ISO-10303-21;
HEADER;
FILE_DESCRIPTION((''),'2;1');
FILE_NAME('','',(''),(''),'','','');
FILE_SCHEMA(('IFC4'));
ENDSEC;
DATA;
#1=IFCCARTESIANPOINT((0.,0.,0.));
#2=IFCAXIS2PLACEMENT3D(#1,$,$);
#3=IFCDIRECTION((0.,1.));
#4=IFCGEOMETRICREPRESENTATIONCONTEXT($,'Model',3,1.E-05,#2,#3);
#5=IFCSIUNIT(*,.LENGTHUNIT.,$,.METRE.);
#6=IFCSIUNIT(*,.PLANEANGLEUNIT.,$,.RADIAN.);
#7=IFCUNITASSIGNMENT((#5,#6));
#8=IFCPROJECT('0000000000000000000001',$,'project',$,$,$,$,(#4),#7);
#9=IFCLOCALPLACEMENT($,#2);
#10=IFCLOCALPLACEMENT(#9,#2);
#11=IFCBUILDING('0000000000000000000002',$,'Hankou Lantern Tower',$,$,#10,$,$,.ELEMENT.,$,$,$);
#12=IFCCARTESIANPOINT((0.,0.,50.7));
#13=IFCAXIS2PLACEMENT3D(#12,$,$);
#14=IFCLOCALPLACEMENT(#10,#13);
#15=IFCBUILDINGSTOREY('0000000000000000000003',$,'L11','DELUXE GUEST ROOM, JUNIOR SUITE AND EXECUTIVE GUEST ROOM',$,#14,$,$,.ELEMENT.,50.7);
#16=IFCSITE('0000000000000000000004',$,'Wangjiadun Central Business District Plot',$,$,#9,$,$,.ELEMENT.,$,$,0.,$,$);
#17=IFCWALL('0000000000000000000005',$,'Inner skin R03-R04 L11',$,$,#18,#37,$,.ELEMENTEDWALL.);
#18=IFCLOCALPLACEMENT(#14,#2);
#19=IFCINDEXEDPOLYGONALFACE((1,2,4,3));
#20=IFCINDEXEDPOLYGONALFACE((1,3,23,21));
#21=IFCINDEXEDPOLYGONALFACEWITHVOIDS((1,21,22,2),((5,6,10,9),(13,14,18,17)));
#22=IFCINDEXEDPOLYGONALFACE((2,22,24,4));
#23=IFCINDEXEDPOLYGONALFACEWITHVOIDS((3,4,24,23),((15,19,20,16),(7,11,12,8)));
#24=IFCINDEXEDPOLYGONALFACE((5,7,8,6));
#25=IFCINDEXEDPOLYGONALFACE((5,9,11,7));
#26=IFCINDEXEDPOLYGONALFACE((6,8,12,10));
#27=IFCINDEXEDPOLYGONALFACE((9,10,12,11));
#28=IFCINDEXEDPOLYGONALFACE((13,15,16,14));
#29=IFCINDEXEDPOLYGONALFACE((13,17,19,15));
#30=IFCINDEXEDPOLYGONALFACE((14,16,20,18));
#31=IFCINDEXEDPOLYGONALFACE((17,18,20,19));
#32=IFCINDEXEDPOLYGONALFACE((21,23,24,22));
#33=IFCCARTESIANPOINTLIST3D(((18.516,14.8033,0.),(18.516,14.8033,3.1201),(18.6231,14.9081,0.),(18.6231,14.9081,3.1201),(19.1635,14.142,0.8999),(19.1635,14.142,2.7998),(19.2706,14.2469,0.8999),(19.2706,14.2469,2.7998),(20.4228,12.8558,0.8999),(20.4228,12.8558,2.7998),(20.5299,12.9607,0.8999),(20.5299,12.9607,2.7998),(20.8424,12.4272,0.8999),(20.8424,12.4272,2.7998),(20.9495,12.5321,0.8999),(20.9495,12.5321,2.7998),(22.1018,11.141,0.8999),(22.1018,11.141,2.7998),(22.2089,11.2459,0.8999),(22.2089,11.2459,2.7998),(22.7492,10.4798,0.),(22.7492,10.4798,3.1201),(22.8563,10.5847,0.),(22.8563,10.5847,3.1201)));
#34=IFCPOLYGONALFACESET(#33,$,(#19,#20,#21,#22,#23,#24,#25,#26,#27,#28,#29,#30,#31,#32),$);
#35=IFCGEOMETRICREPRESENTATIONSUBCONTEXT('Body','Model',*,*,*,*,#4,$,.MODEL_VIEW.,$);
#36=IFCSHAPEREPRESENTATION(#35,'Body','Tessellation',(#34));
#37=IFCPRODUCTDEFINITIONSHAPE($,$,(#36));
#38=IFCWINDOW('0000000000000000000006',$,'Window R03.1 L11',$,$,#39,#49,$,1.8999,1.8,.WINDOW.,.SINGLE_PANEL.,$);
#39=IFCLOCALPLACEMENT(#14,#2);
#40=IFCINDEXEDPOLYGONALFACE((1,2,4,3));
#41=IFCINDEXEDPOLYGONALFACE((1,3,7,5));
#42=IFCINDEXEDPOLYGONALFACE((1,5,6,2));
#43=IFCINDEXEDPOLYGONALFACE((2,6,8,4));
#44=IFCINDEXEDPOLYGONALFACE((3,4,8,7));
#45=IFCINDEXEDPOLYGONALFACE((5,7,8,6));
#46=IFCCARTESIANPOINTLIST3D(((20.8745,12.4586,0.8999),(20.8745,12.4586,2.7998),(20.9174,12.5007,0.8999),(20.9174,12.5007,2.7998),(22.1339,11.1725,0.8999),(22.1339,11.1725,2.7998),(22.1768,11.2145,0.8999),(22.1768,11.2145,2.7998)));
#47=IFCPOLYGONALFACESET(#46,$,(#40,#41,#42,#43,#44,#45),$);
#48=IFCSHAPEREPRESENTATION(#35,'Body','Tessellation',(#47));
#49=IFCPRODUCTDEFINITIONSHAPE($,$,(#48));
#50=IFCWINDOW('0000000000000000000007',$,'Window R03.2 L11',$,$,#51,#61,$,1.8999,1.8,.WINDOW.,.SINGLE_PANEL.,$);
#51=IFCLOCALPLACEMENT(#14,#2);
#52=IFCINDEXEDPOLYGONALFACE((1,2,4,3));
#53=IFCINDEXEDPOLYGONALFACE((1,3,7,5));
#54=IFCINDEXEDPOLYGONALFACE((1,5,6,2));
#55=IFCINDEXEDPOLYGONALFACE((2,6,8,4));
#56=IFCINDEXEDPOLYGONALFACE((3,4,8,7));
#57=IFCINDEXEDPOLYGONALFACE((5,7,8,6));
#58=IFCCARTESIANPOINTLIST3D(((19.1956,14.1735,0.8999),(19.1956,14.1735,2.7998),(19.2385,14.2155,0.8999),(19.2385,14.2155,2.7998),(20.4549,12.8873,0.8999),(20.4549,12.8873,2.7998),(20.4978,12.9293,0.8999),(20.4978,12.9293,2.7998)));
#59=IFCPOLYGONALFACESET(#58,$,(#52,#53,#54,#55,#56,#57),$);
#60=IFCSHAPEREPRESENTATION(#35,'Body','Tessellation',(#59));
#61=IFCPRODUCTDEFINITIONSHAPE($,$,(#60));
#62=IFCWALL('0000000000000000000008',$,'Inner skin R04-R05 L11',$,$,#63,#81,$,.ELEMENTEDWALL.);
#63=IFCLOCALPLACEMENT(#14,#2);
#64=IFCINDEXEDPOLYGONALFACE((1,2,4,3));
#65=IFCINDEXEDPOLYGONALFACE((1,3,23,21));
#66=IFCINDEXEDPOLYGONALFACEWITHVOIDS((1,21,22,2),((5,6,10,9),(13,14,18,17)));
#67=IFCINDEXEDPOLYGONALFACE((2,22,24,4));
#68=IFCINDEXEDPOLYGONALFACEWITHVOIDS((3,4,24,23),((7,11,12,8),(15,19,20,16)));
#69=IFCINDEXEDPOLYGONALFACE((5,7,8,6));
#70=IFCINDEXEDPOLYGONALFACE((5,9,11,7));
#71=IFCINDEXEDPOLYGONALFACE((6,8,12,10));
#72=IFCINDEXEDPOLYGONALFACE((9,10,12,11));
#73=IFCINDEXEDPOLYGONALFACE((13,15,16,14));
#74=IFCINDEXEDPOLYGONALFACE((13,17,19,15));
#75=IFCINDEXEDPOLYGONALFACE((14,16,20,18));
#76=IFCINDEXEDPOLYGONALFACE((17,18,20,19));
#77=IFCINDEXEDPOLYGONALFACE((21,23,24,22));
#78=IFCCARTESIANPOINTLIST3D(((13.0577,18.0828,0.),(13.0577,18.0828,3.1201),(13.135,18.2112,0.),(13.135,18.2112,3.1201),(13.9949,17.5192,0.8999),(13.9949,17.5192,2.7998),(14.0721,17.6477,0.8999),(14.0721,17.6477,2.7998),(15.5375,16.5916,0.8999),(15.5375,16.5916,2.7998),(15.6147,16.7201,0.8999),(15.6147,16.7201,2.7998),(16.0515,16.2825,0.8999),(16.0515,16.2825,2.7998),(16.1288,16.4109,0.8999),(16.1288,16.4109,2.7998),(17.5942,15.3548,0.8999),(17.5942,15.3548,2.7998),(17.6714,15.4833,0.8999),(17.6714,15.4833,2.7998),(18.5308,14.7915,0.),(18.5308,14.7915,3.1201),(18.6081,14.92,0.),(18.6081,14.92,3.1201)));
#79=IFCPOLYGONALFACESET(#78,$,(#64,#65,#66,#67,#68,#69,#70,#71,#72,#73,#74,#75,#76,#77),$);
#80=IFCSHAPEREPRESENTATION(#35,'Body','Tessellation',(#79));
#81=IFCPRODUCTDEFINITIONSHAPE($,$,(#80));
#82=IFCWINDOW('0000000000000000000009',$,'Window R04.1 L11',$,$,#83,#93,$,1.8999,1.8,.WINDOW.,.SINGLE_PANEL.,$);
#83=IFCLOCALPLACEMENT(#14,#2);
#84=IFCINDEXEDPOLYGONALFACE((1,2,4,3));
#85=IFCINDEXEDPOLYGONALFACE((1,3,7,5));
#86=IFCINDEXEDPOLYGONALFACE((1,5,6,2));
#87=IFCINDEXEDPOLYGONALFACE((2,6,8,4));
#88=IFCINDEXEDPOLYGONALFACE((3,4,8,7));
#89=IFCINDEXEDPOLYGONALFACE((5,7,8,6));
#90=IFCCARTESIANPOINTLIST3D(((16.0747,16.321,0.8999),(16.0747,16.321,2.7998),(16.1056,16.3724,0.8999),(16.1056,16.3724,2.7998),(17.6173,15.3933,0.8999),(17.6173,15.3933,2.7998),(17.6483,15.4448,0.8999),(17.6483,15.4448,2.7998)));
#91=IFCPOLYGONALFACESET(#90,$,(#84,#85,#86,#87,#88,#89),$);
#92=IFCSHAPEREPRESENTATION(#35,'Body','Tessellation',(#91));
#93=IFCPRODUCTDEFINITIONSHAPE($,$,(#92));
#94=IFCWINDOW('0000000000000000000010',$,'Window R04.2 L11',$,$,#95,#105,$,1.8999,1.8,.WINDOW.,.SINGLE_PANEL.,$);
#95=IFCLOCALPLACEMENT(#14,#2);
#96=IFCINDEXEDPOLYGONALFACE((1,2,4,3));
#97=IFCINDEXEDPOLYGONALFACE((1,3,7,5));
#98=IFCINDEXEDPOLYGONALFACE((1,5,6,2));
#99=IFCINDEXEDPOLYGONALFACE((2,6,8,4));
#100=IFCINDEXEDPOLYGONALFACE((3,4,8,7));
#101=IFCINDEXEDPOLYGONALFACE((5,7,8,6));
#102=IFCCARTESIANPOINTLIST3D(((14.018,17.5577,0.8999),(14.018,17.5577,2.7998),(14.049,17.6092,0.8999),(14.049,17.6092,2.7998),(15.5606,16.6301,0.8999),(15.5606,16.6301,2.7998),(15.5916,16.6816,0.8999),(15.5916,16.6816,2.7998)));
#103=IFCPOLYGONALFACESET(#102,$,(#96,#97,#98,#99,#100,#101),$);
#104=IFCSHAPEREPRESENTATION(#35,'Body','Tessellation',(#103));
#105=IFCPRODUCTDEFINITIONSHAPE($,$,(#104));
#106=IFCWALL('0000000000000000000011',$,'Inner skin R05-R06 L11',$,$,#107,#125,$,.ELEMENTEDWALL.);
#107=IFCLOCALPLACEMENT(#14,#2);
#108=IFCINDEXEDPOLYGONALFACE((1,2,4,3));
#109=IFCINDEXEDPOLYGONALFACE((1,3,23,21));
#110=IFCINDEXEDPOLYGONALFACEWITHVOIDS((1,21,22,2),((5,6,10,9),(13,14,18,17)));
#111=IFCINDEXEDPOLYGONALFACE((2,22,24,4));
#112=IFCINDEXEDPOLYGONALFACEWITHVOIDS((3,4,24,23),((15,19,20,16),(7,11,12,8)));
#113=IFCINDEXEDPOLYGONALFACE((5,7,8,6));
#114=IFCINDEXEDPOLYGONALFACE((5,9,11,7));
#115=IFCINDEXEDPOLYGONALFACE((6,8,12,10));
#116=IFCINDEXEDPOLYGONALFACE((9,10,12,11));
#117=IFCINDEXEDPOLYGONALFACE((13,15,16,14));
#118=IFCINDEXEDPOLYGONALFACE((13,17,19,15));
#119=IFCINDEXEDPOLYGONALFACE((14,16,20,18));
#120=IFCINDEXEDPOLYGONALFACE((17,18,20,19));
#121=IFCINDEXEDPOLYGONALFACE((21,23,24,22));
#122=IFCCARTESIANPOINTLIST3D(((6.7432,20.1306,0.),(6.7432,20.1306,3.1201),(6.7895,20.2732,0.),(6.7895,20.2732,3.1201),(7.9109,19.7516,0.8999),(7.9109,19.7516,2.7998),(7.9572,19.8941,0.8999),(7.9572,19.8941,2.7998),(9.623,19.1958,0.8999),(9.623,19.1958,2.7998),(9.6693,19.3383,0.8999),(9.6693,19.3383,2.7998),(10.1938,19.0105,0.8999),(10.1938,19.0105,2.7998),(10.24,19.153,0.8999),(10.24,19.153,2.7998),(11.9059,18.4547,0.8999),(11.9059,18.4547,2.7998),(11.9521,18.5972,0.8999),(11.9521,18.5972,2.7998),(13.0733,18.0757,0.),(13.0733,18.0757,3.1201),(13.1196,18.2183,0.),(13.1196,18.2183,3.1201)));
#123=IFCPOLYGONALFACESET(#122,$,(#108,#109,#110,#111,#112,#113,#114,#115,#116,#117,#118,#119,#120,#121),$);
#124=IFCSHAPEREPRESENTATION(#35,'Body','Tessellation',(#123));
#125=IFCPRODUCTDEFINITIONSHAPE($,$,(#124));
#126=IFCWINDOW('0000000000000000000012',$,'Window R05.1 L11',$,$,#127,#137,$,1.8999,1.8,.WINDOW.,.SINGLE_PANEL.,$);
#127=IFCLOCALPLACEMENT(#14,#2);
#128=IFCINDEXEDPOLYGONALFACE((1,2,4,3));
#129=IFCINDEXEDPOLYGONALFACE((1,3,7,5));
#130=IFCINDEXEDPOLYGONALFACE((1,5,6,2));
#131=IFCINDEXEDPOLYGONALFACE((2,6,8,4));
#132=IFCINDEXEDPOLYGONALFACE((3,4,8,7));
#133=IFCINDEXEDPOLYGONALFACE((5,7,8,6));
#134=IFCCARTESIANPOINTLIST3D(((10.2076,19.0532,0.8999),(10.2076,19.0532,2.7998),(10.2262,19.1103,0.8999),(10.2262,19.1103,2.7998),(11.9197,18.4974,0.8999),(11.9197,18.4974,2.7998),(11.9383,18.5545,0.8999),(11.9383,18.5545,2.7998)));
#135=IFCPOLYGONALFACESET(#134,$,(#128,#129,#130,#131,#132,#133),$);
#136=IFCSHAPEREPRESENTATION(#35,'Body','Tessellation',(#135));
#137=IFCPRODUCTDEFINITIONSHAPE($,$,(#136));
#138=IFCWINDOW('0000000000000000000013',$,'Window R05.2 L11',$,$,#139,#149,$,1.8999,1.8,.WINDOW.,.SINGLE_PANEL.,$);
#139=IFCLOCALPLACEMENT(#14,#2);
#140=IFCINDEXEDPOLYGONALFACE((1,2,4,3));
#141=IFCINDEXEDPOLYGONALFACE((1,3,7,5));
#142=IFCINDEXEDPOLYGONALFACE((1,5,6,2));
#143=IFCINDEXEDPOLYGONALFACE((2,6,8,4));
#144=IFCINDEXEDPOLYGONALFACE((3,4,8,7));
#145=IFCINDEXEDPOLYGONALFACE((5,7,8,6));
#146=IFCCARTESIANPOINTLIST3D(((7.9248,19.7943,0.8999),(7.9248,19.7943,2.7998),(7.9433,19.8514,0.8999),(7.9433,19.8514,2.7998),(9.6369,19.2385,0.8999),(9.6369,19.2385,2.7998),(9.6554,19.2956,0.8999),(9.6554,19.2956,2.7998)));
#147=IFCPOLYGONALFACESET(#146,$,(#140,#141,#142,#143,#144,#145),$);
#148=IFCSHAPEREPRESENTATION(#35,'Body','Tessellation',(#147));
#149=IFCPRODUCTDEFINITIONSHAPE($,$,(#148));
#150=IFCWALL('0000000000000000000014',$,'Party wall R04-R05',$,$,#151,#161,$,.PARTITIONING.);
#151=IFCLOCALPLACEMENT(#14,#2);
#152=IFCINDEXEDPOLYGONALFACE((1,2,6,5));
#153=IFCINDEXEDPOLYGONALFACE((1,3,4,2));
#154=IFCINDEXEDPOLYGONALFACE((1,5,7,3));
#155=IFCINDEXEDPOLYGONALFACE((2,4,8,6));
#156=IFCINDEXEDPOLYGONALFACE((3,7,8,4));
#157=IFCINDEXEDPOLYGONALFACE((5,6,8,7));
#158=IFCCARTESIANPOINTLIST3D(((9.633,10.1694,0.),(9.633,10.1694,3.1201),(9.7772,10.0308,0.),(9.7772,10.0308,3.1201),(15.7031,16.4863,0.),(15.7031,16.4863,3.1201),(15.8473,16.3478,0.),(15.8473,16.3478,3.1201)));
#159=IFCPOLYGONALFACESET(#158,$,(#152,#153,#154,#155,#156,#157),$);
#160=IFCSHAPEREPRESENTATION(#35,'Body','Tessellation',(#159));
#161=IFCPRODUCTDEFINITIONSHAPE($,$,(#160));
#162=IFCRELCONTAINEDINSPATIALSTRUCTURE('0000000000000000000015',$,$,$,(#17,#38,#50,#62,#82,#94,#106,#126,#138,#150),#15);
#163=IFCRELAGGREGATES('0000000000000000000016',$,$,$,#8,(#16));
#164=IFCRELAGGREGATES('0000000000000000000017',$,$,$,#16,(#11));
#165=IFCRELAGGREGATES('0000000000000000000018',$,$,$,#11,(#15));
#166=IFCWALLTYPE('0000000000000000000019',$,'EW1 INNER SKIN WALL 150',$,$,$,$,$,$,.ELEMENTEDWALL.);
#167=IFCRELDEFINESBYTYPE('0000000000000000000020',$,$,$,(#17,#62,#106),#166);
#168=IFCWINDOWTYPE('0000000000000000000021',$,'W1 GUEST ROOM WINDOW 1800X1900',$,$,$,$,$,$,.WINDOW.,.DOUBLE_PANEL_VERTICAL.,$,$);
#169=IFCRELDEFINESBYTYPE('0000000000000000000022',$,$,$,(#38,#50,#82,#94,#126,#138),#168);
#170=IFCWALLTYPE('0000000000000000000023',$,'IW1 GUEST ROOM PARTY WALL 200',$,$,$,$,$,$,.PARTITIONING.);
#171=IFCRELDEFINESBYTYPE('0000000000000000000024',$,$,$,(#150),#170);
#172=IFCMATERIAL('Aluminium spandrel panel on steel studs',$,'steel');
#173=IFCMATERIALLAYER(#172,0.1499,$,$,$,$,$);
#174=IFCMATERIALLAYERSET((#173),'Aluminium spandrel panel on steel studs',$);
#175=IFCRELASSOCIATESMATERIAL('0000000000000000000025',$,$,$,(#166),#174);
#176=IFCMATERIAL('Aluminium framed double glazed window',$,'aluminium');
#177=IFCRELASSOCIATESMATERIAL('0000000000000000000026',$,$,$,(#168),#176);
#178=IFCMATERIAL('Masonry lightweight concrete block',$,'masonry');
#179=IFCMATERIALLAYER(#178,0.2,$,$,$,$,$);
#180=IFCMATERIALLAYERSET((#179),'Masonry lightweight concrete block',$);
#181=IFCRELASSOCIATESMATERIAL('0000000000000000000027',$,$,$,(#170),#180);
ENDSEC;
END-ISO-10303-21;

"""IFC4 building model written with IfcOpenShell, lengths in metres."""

from ifc_helpers import new_model, si_unit, direction, frame, frame_2d, origin, place, context, subcontext, project, spatial, rectangle, extrude, material, layer, layer_set, type_object, element, fill, save


model = new_model("IFC4")

# Units and contexts
model_context = context("Model", 3, precision=1e-05, world=origin(), true_north=direction((0.0, 1.0)))
body_context = subcontext(model_context, "Body", "Model", "MODEL_VIEW")
ifc_project = project(units=[si_unit("LENGTHUNIT", "METRE"), si_unit("PLANEANGLEUNIT", "RADIAN")], contexts=[model_context])

# Site, building, storey
site_placement = place(None, origin())
site = spatial("IfcSite", under=ifc_project, at=site_placement, Name="Wangjiadun Central Business District Plot", CompositionType="ELEMENT", RefElevation=0.0)
building_placement = place(site_placement, origin())
building = spatial("IfcBuilding", under=site, at=building_placement, Name="Hankou Lantern Tower", CompositionType="ELEMENT")
storey_placement = place(building_placement, frame((0.0, 0.0, 50.7)))
storey = spatial("IfcBuildingStorey", under=building, at=storey_placement, Name="L11", Description="DELUXE GUEST ROOM, JUNIOR SUITE AND EXECUTIVE GUEST ROOM", CompositionType="ELEMENT", Elevation=50.7)

# Walls, openings, windows
ifc_material_1 = material(Name="Aluminium spandrel panel on steel studs", Category="steel")
ifc_layer_1 = layer(ifc_material_1, 0.1499)
ifc_layer_set_1 = layer_set([ifc_layer_1], Name="Aluminium spandrel panel on steel studs")
wall_type_1 = type_object("IfcWallType", Name="EW1 INNER SKIN WALL 150", PredefinedType="ELEMENTEDWALL", material=ifc_layer_set_1)
wall_1_placement = place(storey_placement, frame((22.8027, 10.5322, 0.0), z_axis=(0.0, 0.0, 1.0), x_axis=(-0.699603, 0.714532, 0.0)))
wall_1 = element("IfcWall", 1, at=wall_1_placement, inside=storey, type_object=wall_type_1, Name="Inner skin R03-R04 L11", PredefinedType="ELEMENTEDWALL", context=body_context, shape_type="SweptSolid", body=[
    extrude(rectangle(XDim=6.0508, YDim=0.1499, at=frame_2d((3.0254, 0.0))), origin(), (0.0, 0.0, 1.0), 3.1201),
])
opening_1_placement = place(wall_1_placement, frame((0.9255, 0.0, 0.8999)))
opening_1 = element("IfcOpeningElement", 2, at=opening_1_placement, cuts=wall_1, PredefinedType="OPENING", context=body_context, shape_type="SweptSolid", body=[
    extrude(rectangle(XDim=1.8, YDim=1.8999, at=frame_2d((0.8999, 0.95))), frame((0.0, 0.085, 0.0), z_axis=(0.0, -1.0, 0.0), x_axis=(1.0, 0.0, 0.0)), (0.0, 0.0, 1.0), 0.1699),
])
opening_2_placement = place(wall_1_placement, frame((3.3254, 0.0, 0.8999)))
opening_2 = element("IfcOpeningElement", 3, at=opening_2_placement, cuts=wall_1, PredefinedType="OPENING", context=body_context, shape_type="SweptSolid", body=[
    extrude(rectangle(XDim=1.8, YDim=1.8999, at=frame_2d((0.8999, 0.95))), frame((0.0, 0.085, 0.0), z_axis=(0.0, -1.0, 0.0), x_axis=(1.0, 0.0, 0.0)), (0.0, 0.0, 1.0), 0.1699),
])
ifc_material_2 = material(Name="Aluminium framed double glazed window", Category="aluminium")
window_type = type_object("IfcWindowType", Name="W1 GUEST ROOM WINDOW 1800X1900", PartitioningType="DOUBLE_PANEL_VERTICAL", PredefinedType="WINDOW", material=ifc_material_2)
window_1_placement = place(opening_1_placement, origin())
window_1 = element("IfcWindow", 4, at=window_1_placement, inside=storey, type_object=window_type, Name="Window R03.1 L11", OverallHeight=1.8999, OverallWidth=1.8, PartitioningType="SINGLE_PANEL", PredefinedType="WINDOW", context=body_context, shape_type="SweptSolid", body=[
    extrude(rectangle(XDim=1.8, YDim=1.8999, at=frame_2d((0.8999, 0.95))), frame((0.0, 0.03, 0.0), z_axis=(0.0, -1.0, 0.0), x_axis=(1.0, 0.0, 0.0)), (0.0, 0.0, 1.0), 0.0601),
])
fill(opening_1, window_1)
window_2_placement = place(opening_2_placement, origin())
window_2 = element("IfcWindow", 5, at=window_2_placement, inside=storey, type_object=window_type, Name="Window R03.2 L11", OverallHeight=1.8999, OverallWidth=1.8, PartitioningType="SINGLE_PANEL", PredefinedType="WINDOW", context=body_context, shape_type="SweptSolid", body=[
    extrude(rectangle(XDim=1.8, YDim=1.8999, at=frame_2d((0.8999, 0.95))), frame((0.0, 0.03, 0.0), z_axis=(0.0, -1.0, 0.0), x_axis=(1.0, 0.0, 0.0)), (0.0, 0.0, 1.0), 0.0601),
])
fill(opening_2, window_2)
wall_2_placement = place(storey_placement, frame((18.5696, 14.8557, 0.0), z_axis=(0.0, 0.0, 1.0), x_axis=(-0.856983, 0.515344, 0.0)))
wall_2 = element("IfcWall", 6, at=wall_2_placement, inside=storey, type_object=wall_type_1, Name="Inner skin R04-R05 L11", PredefinedType="ELEMENTEDWALL", context=body_context, shape_type="SweptSolid", body=[
    extrude(rectangle(XDim=6.3865, YDim=0.1499, at=frame_2d((3.1934, 0.0))), origin(), (0.0, 0.0, 1.0), 3.1201),
])
opening_3_placement = place(wall_2_placement, frame((1.0933, 0.0, 0.8999)))
opening_3 = element("IfcOpeningElement", 7, at=opening_3_placement, cuts=wall_2, PredefinedType="OPENING", context=body_context, shape_type="SweptSolid", body=[
    extrude(rectangle(XDim=1.8, YDim=1.8999, at=frame_2d((0.8999, 0.95))), frame((0.0, 0.085, 0.0), z_axis=(0.0, -1.0, 0.0), x_axis=(1.0, 0.0, 0.0)), (0.0, 0.0, 1.0), 0.1699),
])
opening_4_placement = place(wall_2_placement, frame((3.4932, 0.0, 0.8999)))
opening_4 = element("IfcOpeningElement", 8, at=opening_4_placement, cuts=wall_2, PredefinedType="OPENING", context=body_context, shape_type="SweptSolid", body=[
    extrude(rectangle(XDim=1.8, YDim=1.8999, at=frame_2d((0.8999, 0.95))), frame((0.0, 0.085, 0.0), z_axis=(0.0, -1.0, 0.0), x_axis=(1.0, 0.0, 0.0)), (0.0, 0.0, 1.0), 0.1699),
])
window_3_placement = place(opening_3_placement, origin())
window_3 = element("IfcWindow", 9, at=window_3_placement, inside=storey, type_object=window_type, Name="Window R04.1 L11", OverallHeight=1.8999, OverallWidth=1.8, PartitioningType="SINGLE_PANEL", PredefinedType="WINDOW", context=body_context, shape_type="SweptSolid", body=[
    extrude(rectangle(XDim=1.8, YDim=1.8999, at=frame_2d((0.8999, 0.95))), frame((0.0, 0.03, 0.0), z_axis=(0.0, -1.0, 0.0), x_axis=(1.0, 0.0, 0.0)), (0.0, 0.0, 1.0), 0.0601),
])
fill(opening_3, window_3)
window_4_placement = place(opening_4_placement, origin())
window_4 = element("IfcWindow", 10, at=window_4_placement, inside=storey, type_object=window_type, Name="Window R04.2 L11", OverallHeight=1.8999, OverallWidth=1.8, PartitioningType="SINGLE_PANEL", PredefinedType="WINDOW", context=body_context, shape_type="SweptSolid", body=[
    extrude(rectangle(XDim=1.8, YDim=1.8999, at=frame_2d((0.8999, 0.95))), frame((0.0, 0.03, 0.0), z_axis=(0.0, -1.0, 0.0), x_axis=(1.0, 0.0, 0.0)), (0.0, 0.0, 1.0), 0.0601),
])
fill(opening_4, window_4)
wall_3_placement = place(storey_placement, frame((13.0964, 18.147, 0.0), z_axis=(0.0, 0.0, 1.0), x_axis=(-0.951138, 0.308768, 0.0)))
wall_3 = element("IfcWall", 11, at=wall_3_placement, inside=storey, type_object=wall_type_1, Name="Inner skin R05-R06 L11", PredefinedType="ELEMENTEDWALL", context=body_context, shape_type="SweptSolid", body=[
    extrude(rectangle(XDim=6.6553, YDim=0.1499, at=frame_2d((3.3276, 0.0))), origin(), (0.0, 0.0, 1.0), 3.1201),
])
opening_5_placement = place(wall_3_placement, frame((1.2275, 0.0, 0.8999)))
opening_5 = element("IfcOpeningElement", 12, at=opening_5_placement, cuts=wall_3, PredefinedType="OPENING", context=body_context, shape_type="SweptSolid", body=[
    extrude(rectangle(XDim=1.8, YDim=1.8999, at=frame_2d((0.8999, 0.95))), frame((0.0, 0.085, 0.0), z_axis=(0.0, -1.0, 0.0), x_axis=(1.0, 0.0, 0.0)), (0.0, 0.0, 1.0), 0.1699),
])
opening_6_placement = place(wall_3_placement, frame((3.6277, 0.0, 0.8999)))
opening_6 = element("IfcOpeningElement", 13, at=opening_6_placement, cuts=wall_3, PredefinedType="OPENING", context=body_context, shape_type="SweptSolid", body=[
    extrude(rectangle(XDim=1.8, YDim=1.8999, at=frame_2d((0.8999, 0.95))), frame((0.0, 0.085, 0.0), z_axis=(0.0, -1.0, 0.0), x_axis=(1.0, 0.0, 0.0)), (0.0, 0.0, 1.0), 0.1699),
])
window_5_placement = place(opening_5_placement, origin())
window_5 = element("IfcWindow", 14, at=window_5_placement, inside=storey, type_object=window_type, Name="Window R05.1 L11", OverallHeight=1.8999, OverallWidth=1.8, PartitioningType="SINGLE_PANEL", PredefinedType="WINDOW", context=body_context, shape_type="SweptSolid", body=[
    extrude(rectangle(XDim=1.8, YDim=1.8999, at=frame_2d((0.8999, 0.95))), frame((0.0, 0.03, 0.0), z_axis=(0.0, -1.0, 0.0), x_axis=(1.0, 0.0, 0.0)), (0.0, 0.0, 1.0), 0.0601),
])
fill(opening_5, window_5)
window_6_placement = place(opening_6_placement, origin())
window_6 = element("IfcWindow", 15, at=window_6_placement, inside=storey, type_object=window_type, Name="Window R05.2 L11", OverallHeight=1.8999, OverallWidth=1.8, PartitioningType="SINGLE_PANEL", PredefinedType="WINDOW", context=body_context, shape_type="SweptSolid", body=[
    extrude(rectangle(XDim=1.8, YDim=1.8999, at=frame_2d((0.8999, 0.95))), frame((0.0, 0.03, 0.0), z_axis=(0.0, -1.0, 0.0), x_axis=(1.0, 0.0, 0.0)), (0.0, 0.0, 1.0), 0.0601),
])
fill(opening_6, window_6)

# Wall
ifc_material_3 = material(Name="Masonry lightweight concrete block", Category="masonry")
ifc_layer_2 = layer(ifc_material_3, 0.2)
ifc_layer_set_2 = layer_set([ifc_layer_2], Name="Masonry lightweight concrete block")
wall_type_2 = type_object("IfcWallType", Name="IW1 GUEST ROOM PARTY WALL 200", PredefinedType="PARTITIONING", material=ifc_layer_set_2)
wall_4_placement = place(storey_placement, frame((9.7051, 10.1001, 0.0), z_axis=(0.0, 0.0, 1.0), x_axis=(0.692879, 0.721054, 0.0)))
element("IfcWall", 16, at=wall_4_placement, inside=storey, type_object=wall_type_2, Name="Party wall R04-R05", PredefinedType="PARTITIONING", context=body_context, shape_type="SweptSolid", body=[
    extrude(rectangle(XDim=8.7607, YDim=0.2, at=frame_2d((4.3804, 0.0))), origin(), (0.0, 0.0, 1.0), 3.1201),
])

save(model, "model.ifc")
